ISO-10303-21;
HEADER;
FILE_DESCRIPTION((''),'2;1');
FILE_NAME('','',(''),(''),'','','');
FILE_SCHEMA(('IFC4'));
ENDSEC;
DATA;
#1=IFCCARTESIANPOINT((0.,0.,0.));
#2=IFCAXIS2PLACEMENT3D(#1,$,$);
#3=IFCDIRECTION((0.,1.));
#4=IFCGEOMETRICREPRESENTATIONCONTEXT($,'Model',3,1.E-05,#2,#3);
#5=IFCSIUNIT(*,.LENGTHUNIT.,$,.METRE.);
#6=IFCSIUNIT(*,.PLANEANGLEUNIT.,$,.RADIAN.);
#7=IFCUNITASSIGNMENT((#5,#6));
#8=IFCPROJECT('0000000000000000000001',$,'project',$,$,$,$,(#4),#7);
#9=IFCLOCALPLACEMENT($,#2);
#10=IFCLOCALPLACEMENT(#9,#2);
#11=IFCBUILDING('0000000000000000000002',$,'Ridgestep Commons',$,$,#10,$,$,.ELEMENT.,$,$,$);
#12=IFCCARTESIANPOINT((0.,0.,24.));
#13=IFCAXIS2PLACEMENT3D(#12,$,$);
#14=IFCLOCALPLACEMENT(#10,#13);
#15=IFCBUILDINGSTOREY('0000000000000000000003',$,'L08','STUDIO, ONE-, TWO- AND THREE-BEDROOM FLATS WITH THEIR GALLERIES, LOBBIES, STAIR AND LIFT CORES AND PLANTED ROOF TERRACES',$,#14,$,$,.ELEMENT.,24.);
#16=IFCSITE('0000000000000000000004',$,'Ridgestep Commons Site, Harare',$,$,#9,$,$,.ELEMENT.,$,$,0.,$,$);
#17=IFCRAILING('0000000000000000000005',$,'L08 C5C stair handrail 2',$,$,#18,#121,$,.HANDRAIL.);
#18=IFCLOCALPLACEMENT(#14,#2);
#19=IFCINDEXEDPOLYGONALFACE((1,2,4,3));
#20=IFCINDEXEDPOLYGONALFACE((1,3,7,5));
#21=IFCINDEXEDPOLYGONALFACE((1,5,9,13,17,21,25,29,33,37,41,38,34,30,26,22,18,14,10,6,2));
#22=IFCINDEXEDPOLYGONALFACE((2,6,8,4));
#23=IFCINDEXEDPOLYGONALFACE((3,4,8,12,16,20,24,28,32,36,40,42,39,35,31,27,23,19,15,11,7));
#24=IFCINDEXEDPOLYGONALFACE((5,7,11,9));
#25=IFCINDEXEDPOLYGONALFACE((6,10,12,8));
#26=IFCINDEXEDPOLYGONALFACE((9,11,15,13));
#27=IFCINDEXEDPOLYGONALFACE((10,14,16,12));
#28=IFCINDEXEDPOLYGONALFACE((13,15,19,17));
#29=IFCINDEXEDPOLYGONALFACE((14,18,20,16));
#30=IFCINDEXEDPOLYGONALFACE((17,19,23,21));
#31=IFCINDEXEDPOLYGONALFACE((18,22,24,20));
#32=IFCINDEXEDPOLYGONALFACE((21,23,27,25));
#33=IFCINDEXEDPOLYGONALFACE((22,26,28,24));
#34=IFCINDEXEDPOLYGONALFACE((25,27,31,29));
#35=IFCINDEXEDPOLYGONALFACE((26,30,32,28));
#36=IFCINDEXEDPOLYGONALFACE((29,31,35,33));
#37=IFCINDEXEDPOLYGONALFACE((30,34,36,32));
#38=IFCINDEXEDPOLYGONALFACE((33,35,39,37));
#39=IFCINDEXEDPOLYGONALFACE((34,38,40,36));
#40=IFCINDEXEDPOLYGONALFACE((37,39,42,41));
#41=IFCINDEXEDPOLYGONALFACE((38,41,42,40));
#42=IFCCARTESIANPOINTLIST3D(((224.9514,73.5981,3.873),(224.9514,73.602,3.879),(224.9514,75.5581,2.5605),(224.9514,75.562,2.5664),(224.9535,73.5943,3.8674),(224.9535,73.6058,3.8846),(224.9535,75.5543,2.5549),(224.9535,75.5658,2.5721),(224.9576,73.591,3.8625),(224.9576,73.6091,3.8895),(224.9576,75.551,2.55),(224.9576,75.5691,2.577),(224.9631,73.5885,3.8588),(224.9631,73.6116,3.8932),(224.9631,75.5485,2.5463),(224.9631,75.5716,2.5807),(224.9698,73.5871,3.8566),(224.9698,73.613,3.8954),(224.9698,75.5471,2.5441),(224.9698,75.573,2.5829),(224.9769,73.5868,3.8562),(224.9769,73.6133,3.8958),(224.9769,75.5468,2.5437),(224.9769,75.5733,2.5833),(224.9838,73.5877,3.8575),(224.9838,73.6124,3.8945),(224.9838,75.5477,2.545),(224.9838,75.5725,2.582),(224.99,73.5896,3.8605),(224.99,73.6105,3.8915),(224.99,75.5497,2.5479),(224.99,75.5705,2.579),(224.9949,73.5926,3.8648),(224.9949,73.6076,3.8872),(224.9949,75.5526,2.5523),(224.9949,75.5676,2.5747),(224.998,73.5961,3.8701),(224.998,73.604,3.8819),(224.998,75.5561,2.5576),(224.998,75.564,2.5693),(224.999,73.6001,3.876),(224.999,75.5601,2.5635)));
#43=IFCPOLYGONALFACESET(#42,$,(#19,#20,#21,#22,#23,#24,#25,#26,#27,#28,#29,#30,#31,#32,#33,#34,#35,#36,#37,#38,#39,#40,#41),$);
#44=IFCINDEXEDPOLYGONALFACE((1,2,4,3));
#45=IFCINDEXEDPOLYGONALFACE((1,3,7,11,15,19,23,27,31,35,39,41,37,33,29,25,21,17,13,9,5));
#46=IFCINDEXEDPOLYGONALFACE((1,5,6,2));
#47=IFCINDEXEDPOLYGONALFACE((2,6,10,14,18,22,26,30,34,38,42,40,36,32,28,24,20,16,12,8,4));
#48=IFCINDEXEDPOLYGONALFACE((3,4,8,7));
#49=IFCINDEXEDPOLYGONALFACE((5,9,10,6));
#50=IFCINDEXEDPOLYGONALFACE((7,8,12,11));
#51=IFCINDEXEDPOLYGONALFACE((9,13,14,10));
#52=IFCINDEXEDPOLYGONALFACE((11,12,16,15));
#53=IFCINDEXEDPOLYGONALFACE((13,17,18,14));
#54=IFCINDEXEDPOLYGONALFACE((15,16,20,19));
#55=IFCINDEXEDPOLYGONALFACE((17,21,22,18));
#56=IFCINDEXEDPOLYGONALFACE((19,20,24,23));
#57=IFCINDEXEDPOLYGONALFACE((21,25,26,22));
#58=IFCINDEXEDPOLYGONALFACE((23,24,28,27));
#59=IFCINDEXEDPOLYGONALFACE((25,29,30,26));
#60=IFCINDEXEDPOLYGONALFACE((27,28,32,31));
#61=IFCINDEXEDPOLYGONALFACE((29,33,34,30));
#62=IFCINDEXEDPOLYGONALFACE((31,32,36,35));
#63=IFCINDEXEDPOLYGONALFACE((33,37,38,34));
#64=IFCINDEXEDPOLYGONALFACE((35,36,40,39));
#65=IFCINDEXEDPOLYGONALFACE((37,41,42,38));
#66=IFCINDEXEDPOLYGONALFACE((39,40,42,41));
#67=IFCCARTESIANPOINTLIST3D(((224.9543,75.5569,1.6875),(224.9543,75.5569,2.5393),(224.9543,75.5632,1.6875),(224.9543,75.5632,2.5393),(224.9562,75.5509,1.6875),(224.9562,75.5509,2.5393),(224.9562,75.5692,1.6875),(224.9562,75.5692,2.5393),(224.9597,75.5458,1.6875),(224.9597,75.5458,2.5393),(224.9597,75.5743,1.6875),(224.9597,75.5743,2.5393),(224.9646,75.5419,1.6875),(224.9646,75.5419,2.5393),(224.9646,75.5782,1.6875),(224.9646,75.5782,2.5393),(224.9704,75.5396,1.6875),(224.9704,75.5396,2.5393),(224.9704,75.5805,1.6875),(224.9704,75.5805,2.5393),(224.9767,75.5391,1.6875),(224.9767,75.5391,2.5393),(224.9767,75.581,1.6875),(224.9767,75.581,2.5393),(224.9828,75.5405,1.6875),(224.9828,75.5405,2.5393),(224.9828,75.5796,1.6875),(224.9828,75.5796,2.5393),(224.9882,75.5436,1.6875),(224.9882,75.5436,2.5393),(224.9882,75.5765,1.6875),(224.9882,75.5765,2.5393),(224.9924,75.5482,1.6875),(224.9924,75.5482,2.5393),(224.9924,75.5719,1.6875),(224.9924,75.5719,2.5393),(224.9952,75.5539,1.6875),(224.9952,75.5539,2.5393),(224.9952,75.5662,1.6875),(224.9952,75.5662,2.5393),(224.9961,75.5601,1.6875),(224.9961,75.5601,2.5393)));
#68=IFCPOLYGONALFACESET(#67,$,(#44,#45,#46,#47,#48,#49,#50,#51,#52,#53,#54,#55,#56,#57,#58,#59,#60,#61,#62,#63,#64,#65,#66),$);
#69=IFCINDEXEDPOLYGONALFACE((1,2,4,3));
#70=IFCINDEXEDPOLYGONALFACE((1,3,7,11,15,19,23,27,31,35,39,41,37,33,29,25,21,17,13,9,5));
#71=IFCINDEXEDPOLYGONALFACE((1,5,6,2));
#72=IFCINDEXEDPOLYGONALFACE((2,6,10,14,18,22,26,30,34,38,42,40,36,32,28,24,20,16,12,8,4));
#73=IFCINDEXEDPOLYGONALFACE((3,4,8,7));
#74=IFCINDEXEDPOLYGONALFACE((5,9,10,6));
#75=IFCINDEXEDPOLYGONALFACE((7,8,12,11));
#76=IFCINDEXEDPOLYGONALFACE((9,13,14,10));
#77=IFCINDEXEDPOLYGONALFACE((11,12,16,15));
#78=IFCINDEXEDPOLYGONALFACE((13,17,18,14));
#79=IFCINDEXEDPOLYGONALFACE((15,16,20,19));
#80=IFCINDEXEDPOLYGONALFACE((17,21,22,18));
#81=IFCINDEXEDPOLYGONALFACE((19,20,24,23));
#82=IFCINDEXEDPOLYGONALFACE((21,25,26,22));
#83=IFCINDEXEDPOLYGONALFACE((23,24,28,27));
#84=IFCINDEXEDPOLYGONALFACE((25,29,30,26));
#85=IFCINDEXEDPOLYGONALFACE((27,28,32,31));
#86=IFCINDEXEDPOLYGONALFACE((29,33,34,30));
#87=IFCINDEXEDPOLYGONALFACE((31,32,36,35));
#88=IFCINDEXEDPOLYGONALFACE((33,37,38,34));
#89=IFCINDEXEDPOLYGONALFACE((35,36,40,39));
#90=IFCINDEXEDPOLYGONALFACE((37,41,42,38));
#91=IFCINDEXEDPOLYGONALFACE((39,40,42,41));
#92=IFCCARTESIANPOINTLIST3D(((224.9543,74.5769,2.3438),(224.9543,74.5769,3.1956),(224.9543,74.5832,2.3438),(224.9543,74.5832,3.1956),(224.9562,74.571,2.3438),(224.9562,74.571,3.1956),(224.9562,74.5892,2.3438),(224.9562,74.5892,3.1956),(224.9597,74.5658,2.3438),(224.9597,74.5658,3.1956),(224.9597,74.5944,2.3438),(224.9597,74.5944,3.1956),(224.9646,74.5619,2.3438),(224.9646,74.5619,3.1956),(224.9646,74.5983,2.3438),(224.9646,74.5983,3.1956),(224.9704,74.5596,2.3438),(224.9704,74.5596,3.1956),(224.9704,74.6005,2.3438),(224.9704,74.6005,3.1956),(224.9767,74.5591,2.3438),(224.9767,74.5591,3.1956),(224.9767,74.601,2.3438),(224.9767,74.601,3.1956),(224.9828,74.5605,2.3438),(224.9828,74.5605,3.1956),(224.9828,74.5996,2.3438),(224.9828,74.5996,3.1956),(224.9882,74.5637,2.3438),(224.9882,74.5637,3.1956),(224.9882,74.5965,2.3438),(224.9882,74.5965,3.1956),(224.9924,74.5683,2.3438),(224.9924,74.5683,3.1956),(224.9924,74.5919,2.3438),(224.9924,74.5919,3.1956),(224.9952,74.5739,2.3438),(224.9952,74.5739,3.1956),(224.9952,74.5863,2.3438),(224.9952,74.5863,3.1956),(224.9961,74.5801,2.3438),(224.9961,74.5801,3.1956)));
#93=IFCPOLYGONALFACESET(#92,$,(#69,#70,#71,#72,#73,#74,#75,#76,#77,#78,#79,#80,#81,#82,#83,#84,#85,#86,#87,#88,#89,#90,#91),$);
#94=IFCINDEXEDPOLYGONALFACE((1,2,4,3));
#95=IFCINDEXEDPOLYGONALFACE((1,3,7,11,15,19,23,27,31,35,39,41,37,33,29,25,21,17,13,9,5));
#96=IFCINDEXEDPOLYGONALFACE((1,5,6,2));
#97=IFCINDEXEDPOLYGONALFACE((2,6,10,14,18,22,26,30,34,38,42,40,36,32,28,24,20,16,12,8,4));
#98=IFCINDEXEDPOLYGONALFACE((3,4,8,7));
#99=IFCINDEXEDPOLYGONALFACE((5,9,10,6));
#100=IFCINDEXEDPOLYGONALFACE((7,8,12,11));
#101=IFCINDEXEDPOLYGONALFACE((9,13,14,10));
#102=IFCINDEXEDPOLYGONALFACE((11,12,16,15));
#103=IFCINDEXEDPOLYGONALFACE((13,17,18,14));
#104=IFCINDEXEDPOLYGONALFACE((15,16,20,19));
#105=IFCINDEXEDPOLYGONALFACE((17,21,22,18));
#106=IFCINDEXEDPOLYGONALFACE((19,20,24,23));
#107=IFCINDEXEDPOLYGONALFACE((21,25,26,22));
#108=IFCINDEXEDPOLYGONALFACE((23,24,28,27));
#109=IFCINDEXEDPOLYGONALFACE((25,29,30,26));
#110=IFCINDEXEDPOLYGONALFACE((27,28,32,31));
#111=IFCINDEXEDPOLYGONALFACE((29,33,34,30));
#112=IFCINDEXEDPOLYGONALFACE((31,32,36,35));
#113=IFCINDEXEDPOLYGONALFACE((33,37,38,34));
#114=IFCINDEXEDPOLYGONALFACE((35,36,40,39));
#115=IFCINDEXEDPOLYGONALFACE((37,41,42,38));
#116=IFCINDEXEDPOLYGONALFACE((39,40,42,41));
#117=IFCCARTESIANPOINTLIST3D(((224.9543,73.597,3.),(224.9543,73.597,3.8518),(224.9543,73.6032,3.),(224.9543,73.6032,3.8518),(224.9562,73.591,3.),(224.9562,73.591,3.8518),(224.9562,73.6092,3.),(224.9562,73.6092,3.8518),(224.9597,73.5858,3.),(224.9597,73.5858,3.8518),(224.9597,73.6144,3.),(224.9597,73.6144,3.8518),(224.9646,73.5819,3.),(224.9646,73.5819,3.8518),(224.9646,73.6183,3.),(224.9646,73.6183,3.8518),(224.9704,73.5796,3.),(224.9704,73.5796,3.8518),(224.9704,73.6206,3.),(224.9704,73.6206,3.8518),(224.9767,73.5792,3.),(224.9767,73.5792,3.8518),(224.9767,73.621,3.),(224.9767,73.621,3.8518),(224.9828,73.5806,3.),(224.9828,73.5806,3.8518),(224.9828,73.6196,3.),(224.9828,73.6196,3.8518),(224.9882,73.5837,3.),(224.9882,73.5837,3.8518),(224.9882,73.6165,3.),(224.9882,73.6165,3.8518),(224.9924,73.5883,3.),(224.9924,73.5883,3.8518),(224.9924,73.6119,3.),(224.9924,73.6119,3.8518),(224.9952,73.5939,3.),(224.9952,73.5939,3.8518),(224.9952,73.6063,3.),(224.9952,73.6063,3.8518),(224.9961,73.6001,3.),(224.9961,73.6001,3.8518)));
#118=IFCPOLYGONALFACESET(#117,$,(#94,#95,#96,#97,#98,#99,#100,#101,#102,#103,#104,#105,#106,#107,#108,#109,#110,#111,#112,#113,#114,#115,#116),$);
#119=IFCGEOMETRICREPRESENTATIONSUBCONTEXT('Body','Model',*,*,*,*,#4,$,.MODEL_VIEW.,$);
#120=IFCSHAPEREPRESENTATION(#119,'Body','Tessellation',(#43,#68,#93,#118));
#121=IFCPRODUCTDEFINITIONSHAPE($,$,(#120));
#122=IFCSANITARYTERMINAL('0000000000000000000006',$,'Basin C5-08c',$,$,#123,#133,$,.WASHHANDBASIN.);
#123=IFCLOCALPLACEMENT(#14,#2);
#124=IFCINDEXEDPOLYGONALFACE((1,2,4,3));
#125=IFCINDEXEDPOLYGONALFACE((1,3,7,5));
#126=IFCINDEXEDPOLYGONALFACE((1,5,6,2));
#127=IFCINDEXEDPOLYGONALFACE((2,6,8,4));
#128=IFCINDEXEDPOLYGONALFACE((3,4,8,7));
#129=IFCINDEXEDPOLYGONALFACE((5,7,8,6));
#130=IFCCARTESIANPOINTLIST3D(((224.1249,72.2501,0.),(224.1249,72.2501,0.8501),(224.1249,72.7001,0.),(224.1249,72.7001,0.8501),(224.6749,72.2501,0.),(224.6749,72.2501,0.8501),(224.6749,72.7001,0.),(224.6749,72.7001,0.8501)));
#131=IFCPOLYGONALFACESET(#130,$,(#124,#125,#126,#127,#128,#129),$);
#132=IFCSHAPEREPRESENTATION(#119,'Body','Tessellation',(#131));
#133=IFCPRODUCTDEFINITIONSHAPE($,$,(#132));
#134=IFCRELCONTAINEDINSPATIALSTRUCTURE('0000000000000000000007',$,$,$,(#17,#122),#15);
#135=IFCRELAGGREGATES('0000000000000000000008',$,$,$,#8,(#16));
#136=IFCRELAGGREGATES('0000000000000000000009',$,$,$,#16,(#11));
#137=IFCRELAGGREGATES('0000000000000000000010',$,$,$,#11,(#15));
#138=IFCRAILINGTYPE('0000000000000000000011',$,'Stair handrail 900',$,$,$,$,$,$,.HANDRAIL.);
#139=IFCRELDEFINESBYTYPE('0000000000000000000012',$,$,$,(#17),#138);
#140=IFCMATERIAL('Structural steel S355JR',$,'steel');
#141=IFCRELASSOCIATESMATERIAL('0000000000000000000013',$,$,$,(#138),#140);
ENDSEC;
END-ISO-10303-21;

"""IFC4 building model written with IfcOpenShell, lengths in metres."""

from ifc_helpers import new_model, si_unit, direction, frame, origin, origin_2d, place, context, subcontext, project, spatial, rectangle, circle, extrude, material, type_object, element, save


model = new_model("IFC4")

# Units and contexts
model_context = context("Model", 3, precision=1e-05, world=origin(), true_north=direction((0.0, 1.0)))
body_context = subcontext(model_context, "Body", "Model", "MODEL_VIEW")
ifc_project = project(units=[si_unit("LENGTHUNIT", "METRE"), si_unit("PLANEANGLEUNIT", "RADIAN")], contexts=[model_context])

# Site, building, storey
site_placement = place(None, origin())
site = spatial("IfcSite", under=ifc_project, at=site_placement, Name="Ridgestep Commons Site, Harare", CompositionType="ELEMENT", RefElevation=0.0)
building_placement = place(site_placement, origin())
building = spatial("IfcBuilding", under=site, at=building_placement, Name="Ridgestep Commons", CompositionType="ELEMENT")
storey_placement = place(building_placement, frame((0.0, 0.0, 24.0)))
storey = spatial("IfcBuildingStorey", under=building, at=storey_placement, Name="L08", Description="STUDIO, ONE-, TWO- AND THREE-BEDROOM FLATS WITH THEIR GALLERIES, LOBBIES, STAIR AND LIFT CORES AND PLANTED ROOF TERRACES", CompositionType="ELEMENT", Elevation=24.0)

# Railing
ifc_material_1 = material(Name="Structural steel S355JR", Category="steel")
railing_type_1 = type_object("IfcRailingType", Name="Stair handrail 900", PredefinedType="HANDRAIL", material=ifc_material_1)
railing_1_placement = place(storey_placement, frame((224.9751, 75.5601, 1.6875)))
element("IfcRailing", 1, at=railing_1_placement, inside=storey, type_object=railing_type_1, Name="L08 C5C stair handrail 2", PredefinedType="HANDRAIL", context=body_context, shape_type="SweptSolid", body=[
    extrude(circle(Radius=0.0239, at=origin_2d()), frame((0.0, 0.0, 0.876), z_axis=(0.0, -0.830902, 0.556419), x_axis=(1.0, 0.0, 0.0)), (0.0, 0.0, 1.0), 2.3589),
    extrude(circle(Radius=0.021, at=origin_2d()), origin(), (0.0, 0.0, 1.0), 0.8518),
    extrude(circle(Radius=0.021, at=origin_2d()), frame((0.0, -0.98, 0.6562)), (0.0, 0.0, 1.0), 0.8518),
    extrude(circle(Radius=0.021, at=origin_2d()), frame((0.0, -1.96, 1.3125)), (0.0, 0.0, 1.0), 0.8518),
])

# Sanitary terminal
sanitary_terminal_placement = place(storey_placement, frame((224.3999, 72.4751, 0.0), z_axis=(0.0, 0.0, 1.0), x_axis=(1.0, 0.0, 0.0)))
element("IfcSanitaryTerminal", 2, at=sanitary_terminal_placement, inside=storey, Name="Basin C5-08c", PredefinedType="WASHHANDBASIN", context=body_context, shape_type="SweptSolid", body=[
    extrude(rectangle(XDim=0.55, YDim=0.45, at=origin_2d()), origin(), (0.0, 0.0, 1.0), 0.8501),
])

save(model, "model.ifc")
